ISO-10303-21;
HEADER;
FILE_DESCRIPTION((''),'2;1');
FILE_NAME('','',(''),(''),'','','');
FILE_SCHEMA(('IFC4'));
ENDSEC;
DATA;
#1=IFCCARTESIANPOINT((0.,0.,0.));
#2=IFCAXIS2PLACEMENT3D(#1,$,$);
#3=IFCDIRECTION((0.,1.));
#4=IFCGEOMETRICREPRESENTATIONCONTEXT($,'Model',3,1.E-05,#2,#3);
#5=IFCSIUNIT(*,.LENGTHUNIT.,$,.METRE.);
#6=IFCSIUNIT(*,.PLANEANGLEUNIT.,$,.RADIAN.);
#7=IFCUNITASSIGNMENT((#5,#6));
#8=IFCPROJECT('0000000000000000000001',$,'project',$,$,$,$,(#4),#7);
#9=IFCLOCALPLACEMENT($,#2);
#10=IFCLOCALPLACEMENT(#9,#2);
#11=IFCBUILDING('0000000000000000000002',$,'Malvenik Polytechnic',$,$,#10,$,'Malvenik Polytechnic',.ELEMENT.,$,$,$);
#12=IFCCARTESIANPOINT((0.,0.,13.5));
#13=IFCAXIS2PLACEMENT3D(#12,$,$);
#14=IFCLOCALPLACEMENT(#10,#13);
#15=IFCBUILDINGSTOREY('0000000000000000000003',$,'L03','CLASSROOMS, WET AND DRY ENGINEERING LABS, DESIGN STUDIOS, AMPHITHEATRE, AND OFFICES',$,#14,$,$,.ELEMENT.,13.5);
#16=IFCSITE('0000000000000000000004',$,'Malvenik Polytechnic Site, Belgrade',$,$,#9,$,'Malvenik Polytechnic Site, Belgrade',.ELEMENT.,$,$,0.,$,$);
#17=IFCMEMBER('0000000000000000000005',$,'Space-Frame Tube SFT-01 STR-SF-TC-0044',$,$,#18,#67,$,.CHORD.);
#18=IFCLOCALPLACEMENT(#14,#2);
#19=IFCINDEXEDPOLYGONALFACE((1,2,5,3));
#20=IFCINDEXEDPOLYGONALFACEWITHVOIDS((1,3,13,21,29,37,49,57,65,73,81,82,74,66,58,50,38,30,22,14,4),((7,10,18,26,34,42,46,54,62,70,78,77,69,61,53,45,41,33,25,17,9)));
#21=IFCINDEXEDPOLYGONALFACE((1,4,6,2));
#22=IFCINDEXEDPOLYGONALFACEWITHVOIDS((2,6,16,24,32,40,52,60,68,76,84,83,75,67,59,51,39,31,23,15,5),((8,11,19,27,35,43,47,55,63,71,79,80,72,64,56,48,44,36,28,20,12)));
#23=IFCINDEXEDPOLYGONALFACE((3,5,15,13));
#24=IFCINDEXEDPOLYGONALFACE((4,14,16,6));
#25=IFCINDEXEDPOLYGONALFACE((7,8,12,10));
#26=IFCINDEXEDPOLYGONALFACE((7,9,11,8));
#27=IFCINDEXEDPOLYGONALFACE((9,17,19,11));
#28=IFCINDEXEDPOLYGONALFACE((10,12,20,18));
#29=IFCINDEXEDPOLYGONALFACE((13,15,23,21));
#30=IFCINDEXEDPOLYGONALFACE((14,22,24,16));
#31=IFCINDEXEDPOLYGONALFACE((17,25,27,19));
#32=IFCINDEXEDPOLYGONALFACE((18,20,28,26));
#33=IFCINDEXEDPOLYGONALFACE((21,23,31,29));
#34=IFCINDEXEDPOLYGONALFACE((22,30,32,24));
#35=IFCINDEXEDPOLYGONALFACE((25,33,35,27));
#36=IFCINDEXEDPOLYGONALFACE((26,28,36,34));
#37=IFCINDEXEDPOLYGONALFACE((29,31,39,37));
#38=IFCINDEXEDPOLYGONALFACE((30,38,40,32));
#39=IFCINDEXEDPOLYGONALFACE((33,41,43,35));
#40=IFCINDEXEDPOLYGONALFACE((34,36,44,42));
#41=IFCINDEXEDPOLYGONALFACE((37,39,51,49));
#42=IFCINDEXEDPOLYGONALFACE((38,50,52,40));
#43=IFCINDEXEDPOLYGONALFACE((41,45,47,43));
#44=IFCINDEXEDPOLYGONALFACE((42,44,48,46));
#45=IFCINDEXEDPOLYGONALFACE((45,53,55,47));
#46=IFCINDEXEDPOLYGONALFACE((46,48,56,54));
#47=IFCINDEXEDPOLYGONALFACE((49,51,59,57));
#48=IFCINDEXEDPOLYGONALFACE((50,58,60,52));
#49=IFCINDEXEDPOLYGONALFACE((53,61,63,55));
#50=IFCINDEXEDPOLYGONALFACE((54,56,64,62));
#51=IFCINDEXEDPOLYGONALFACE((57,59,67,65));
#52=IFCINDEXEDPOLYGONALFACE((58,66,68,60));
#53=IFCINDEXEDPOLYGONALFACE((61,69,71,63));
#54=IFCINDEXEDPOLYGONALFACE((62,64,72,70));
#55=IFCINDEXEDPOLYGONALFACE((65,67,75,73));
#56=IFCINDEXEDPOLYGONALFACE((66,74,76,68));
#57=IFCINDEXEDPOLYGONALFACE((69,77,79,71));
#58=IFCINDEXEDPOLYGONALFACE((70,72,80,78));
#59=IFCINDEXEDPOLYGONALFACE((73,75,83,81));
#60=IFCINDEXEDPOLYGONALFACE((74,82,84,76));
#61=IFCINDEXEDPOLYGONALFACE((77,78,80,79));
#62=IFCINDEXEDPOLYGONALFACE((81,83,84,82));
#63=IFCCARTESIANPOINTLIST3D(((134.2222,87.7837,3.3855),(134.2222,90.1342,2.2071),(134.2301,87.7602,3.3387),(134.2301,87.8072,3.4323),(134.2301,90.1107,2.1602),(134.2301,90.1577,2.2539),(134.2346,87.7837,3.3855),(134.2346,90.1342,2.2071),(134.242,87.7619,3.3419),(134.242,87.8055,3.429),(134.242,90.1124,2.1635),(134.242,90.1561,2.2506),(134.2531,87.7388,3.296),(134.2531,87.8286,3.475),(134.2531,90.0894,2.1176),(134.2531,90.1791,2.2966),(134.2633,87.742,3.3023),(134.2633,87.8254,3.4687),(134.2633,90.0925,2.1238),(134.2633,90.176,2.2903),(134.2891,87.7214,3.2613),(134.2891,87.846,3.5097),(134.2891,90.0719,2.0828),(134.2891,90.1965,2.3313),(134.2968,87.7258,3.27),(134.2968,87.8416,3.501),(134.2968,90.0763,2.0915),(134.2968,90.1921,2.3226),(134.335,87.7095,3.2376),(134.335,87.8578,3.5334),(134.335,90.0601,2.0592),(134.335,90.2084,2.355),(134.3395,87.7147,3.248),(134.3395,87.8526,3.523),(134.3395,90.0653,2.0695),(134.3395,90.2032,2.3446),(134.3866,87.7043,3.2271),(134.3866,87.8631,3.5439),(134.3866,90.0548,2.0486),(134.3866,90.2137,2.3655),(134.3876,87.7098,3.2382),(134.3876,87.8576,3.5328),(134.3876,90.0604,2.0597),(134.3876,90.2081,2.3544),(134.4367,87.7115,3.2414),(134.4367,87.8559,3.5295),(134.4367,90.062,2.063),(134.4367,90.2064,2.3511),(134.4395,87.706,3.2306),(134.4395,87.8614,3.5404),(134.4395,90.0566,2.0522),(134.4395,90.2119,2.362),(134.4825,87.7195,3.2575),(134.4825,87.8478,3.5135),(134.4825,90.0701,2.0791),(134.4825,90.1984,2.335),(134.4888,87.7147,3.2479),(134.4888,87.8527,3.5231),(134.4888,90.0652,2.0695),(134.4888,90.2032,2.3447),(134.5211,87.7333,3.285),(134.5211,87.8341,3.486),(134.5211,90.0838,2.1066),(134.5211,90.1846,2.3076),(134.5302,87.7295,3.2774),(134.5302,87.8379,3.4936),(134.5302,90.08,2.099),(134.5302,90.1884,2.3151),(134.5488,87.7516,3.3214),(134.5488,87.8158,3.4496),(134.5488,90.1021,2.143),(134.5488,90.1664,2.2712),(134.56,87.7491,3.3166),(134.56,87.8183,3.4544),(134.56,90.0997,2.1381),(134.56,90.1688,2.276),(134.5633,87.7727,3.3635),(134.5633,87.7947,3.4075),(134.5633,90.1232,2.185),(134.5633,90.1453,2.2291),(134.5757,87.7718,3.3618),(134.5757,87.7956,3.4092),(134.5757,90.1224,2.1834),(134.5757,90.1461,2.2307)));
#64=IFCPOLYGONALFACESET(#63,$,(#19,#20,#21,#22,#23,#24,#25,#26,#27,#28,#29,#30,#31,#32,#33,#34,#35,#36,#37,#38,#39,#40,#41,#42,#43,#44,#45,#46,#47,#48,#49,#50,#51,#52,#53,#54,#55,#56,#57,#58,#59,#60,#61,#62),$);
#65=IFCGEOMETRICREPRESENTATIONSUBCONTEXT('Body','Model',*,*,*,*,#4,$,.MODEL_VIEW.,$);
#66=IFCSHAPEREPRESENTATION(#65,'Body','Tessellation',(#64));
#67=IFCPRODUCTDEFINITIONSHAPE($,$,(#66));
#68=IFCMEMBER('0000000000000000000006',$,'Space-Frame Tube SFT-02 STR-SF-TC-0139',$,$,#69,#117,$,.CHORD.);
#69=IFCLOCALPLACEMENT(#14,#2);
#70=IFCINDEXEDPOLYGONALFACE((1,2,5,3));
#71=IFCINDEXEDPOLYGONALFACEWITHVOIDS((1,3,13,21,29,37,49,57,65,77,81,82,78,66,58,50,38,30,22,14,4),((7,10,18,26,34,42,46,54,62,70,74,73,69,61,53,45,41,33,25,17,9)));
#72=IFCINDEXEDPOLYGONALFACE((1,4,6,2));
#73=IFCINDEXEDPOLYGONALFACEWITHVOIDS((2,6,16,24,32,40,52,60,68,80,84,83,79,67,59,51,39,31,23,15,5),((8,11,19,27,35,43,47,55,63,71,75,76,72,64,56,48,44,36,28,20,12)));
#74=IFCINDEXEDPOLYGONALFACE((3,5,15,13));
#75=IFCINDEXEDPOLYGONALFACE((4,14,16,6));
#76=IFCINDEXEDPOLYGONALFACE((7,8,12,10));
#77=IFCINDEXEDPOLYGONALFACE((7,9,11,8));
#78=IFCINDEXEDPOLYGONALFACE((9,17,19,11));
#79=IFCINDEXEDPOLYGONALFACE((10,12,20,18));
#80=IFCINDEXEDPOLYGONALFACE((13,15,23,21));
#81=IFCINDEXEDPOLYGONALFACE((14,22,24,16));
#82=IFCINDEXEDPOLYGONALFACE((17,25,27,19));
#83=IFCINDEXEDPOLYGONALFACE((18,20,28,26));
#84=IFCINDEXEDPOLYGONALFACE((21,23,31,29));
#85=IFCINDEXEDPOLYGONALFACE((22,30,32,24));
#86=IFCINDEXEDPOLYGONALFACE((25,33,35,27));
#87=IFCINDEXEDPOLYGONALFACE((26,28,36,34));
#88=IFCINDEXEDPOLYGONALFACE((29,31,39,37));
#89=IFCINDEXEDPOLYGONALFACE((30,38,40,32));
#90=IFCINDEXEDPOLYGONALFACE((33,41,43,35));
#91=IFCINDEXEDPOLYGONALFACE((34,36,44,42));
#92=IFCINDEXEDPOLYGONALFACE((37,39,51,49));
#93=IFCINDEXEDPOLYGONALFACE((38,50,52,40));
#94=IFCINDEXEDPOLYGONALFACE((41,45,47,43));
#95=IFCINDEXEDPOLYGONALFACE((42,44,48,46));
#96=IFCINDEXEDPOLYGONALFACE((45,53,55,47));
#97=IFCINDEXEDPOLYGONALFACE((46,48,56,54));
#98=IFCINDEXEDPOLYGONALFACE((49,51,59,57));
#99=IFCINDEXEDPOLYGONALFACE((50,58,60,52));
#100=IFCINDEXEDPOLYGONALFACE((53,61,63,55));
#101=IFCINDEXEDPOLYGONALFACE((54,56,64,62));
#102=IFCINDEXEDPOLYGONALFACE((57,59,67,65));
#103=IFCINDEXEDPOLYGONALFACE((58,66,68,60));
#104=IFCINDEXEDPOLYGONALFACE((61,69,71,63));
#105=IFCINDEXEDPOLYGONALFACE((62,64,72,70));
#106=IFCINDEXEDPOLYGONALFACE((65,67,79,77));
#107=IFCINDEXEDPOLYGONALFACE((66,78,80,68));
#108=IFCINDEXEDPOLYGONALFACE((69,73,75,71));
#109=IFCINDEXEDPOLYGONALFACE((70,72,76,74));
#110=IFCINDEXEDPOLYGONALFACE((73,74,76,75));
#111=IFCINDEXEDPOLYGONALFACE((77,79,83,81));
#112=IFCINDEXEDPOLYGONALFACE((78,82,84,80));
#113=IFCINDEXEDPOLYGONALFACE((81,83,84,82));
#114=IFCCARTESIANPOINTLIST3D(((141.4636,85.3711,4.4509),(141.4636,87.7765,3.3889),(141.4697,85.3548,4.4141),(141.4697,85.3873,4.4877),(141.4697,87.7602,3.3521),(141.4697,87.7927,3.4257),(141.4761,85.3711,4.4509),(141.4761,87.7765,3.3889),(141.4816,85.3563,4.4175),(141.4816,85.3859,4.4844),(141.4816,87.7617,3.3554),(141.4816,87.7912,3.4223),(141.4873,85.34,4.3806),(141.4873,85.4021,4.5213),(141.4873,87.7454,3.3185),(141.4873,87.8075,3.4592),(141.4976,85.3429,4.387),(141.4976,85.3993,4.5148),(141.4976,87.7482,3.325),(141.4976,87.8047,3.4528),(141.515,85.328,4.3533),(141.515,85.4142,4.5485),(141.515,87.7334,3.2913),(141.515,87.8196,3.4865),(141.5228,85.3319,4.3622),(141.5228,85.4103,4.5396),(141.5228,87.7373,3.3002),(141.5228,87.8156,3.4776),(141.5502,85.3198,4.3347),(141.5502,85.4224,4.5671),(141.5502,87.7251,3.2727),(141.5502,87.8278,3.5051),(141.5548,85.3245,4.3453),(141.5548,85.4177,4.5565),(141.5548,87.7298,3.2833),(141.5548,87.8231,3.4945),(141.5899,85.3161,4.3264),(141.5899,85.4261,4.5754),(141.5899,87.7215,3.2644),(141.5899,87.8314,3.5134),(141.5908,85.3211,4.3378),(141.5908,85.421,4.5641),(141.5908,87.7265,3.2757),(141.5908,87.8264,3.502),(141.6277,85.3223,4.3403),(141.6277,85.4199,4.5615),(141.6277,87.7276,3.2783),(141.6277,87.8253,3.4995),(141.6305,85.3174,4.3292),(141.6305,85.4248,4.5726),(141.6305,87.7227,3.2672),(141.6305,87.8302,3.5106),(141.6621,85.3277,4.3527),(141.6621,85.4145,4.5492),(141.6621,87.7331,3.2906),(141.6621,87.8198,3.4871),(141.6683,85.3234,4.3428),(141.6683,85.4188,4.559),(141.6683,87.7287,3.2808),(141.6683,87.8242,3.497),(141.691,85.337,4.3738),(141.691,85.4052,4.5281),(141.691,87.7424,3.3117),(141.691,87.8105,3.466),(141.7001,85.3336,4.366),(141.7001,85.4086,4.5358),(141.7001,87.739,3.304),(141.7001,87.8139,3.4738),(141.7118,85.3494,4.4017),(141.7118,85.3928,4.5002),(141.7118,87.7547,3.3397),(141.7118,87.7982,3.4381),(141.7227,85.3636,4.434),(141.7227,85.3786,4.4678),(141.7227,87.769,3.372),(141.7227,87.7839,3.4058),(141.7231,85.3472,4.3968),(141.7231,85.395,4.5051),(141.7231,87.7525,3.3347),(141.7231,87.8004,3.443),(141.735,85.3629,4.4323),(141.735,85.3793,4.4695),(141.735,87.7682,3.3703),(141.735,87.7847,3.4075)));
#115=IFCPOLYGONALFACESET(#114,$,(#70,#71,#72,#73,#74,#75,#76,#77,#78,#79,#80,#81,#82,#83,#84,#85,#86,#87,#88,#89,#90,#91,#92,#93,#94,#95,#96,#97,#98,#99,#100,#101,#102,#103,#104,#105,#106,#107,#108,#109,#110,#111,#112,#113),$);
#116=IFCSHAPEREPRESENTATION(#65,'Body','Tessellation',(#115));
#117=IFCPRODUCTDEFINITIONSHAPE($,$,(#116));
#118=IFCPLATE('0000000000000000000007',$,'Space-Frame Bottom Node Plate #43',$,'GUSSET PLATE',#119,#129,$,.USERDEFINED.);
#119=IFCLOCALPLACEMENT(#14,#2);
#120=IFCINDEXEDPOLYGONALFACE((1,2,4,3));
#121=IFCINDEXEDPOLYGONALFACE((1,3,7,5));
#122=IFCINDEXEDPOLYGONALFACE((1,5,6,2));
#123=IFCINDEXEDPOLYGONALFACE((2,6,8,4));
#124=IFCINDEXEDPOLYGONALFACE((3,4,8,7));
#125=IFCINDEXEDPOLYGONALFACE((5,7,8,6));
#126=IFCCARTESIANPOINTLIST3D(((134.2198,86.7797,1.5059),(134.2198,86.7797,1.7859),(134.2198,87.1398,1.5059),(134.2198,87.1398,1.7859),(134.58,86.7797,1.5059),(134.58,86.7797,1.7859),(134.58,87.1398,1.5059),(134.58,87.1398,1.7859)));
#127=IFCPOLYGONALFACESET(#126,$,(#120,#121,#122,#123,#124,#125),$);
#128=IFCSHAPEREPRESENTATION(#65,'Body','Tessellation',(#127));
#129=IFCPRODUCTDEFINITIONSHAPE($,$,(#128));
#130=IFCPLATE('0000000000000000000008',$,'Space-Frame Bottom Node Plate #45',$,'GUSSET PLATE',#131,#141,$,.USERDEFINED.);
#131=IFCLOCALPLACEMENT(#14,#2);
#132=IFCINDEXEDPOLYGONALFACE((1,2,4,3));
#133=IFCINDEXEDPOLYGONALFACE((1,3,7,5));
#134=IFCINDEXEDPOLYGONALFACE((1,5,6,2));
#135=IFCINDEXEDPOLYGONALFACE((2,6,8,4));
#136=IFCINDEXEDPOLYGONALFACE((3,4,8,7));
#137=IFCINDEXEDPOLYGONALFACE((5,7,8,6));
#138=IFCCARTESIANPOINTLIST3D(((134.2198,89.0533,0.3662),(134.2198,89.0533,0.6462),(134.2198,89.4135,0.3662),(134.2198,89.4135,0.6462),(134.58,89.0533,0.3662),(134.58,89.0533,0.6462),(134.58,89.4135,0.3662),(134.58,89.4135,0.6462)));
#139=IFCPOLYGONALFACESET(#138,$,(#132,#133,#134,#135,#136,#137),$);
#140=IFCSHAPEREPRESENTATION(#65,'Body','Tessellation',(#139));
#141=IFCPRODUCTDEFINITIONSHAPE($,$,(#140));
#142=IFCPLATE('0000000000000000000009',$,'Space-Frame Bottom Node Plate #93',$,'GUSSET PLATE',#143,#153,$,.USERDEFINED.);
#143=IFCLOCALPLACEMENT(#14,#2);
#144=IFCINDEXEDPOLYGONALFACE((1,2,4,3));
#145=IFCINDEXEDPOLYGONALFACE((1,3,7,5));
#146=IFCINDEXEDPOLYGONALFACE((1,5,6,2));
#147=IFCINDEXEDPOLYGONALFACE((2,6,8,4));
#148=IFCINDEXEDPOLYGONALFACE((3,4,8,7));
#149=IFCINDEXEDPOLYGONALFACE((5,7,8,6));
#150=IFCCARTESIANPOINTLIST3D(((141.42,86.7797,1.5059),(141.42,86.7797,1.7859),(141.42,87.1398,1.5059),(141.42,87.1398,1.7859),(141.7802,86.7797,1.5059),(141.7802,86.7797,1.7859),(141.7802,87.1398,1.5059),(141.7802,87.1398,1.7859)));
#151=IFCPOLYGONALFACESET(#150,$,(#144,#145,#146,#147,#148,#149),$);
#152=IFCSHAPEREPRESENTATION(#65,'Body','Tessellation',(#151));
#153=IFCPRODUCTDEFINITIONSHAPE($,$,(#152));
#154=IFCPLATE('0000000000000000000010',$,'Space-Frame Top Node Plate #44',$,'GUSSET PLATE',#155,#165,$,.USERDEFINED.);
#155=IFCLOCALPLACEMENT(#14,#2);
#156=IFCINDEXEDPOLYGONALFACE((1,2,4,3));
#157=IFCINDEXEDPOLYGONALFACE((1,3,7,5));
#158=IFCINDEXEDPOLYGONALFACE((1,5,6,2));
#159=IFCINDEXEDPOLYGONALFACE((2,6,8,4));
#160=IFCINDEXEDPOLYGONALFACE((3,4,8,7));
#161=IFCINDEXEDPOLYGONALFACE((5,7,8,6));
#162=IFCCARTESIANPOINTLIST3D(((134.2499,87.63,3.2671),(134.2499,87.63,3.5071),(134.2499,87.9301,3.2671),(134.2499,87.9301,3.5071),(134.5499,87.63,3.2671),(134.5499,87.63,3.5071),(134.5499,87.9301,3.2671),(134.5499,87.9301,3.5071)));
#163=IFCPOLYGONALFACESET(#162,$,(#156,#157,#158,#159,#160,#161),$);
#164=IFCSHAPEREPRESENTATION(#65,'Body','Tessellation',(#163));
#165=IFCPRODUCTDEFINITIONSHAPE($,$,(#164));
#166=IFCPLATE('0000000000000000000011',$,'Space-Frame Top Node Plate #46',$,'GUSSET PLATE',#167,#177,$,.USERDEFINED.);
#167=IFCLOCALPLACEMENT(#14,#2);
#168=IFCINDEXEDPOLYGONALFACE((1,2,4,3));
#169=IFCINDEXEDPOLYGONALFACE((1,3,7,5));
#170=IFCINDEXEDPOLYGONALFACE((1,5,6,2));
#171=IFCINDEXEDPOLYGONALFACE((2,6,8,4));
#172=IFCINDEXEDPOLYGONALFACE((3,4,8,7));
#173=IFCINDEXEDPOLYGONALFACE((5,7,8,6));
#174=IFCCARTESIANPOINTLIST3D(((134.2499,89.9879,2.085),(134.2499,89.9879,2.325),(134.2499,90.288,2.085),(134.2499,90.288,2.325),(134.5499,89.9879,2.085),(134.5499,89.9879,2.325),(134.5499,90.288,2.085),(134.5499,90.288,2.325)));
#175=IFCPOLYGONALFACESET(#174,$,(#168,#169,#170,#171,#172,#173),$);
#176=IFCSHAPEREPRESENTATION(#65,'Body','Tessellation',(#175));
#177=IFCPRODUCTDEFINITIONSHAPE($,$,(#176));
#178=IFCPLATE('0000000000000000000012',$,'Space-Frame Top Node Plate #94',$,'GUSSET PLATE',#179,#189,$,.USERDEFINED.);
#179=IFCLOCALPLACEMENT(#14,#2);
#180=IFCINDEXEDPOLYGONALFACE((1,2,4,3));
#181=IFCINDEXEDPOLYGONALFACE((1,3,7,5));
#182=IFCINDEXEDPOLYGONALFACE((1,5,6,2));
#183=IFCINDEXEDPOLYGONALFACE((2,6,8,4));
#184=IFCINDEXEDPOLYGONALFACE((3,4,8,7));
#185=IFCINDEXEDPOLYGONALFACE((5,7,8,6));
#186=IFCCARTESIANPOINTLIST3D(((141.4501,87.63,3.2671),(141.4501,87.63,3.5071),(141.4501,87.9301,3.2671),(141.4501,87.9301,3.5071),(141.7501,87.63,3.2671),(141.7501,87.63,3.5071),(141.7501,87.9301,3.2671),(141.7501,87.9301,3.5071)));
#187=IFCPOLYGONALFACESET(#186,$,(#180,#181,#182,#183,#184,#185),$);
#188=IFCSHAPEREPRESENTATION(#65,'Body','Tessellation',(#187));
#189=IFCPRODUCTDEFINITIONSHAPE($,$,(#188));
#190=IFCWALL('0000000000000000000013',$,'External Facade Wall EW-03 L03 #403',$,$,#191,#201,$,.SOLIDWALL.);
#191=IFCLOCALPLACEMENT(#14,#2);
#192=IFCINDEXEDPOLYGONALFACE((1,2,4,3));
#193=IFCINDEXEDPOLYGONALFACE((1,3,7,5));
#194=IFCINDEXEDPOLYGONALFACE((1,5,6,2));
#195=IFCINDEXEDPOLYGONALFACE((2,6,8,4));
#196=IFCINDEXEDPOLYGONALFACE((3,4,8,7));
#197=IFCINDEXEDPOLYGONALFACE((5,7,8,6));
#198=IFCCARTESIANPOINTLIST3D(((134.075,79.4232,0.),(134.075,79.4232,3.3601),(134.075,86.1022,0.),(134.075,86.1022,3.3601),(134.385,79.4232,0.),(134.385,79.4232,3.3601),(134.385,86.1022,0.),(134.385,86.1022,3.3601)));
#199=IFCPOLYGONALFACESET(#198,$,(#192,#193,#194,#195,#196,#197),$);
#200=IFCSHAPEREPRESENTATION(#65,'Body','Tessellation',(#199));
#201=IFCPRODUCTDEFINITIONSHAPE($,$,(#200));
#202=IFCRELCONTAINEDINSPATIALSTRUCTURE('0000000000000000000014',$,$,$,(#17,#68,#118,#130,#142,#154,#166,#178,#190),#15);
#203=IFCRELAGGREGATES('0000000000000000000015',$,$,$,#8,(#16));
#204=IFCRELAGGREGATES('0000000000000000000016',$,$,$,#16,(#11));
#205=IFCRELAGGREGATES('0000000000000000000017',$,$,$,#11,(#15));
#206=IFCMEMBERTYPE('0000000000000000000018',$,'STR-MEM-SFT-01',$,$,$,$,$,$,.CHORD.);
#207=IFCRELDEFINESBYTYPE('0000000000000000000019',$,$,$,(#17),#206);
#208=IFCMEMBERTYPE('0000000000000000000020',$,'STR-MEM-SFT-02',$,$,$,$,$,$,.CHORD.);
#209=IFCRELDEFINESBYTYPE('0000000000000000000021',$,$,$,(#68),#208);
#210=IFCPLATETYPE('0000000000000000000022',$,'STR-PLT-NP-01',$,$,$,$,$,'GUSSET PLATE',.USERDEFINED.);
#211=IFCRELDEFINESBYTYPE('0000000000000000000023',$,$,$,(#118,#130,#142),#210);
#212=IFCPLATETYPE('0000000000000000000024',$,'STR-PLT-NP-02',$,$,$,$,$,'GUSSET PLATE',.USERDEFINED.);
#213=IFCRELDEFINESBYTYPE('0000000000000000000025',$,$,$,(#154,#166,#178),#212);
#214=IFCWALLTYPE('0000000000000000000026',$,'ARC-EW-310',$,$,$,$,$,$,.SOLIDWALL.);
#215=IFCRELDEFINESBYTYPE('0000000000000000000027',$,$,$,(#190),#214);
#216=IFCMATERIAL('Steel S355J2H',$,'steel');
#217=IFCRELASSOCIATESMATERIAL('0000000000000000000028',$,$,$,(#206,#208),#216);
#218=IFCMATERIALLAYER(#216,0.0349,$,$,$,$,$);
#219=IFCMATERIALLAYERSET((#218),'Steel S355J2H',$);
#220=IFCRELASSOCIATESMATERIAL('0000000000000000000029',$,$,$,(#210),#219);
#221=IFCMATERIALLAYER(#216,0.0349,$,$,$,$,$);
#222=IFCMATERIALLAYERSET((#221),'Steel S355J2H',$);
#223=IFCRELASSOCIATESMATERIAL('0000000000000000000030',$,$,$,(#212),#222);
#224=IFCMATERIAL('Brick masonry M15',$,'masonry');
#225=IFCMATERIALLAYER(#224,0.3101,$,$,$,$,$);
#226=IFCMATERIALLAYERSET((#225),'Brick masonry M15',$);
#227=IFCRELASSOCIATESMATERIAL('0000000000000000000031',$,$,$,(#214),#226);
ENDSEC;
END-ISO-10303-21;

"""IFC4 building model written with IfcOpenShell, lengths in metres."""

from ifc_helpers import new_model, si_unit, direction, frame, frame_2d, origin, origin_2d, place, context, subcontext, project, spatial, rectangle, hollow_circle, extrude, material, layer, layer_set, material_profile, profile_set, type_object, element, save


model = new_model("IFC4")

# Units and contexts
model_context = context("Model", 3, precision=1e-05, world=origin(), true_north=direction((0.0, 1.0)))
body_context = subcontext(model_context, "Body", "Model", "MODEL_VIEW")
ifc_project = project(units=[si_unit("LENGTHUNIT", "METRE"), si_unit("PLANEANGLEUNIT", "RADIAN")], contexts=[model_context])

# Site, building, storey
site_placement = place(None, origin())
site = spatial("IfcSite", under=ifc_project, at=site_placement, Name="Malvenik Polytechnic Site, Belgrade", LongName="Malvenik Polytechnic Site, Belgrade", CompositionType="ELEMENT", RefElevation=0.0)
building_placement = place(site_placement, origin())
building = spatial("IfcBuilding", under=site, at=building_placement, Name="Malvenik Polytechnic", LongName="Malvenik Polytechnic", CompositionType="ELEMENT")
storey_placement = place(building_placement, frame((0.0, 0.0, 13.5)))
storey = spatial("IfcBuildingStorey", under=building, at=storey_placement, Name="L03", Description="CLASSROOMS, WET AND DRY ENGINEERING LABS, DESIGN STUDIOS, AMPHITHEATRE, AND OFFICES", CompositionType="ELEMENT", Elevation=13.5)

# Members
ifc_material_1 = material(Name="Steel S355J2H", Category="steel")
ifc_material_profile_1 = material_profile(ifc_material_1, hollow_circle(Radius=0.1777, WallThickness=0.0125, at=origin_2d()), Name="CHS 355.6x12.5")
ifc_profile_set_1 = profile_set([ifc_material_profile_1], Name="Steel S355J2H")
member_type_1 = type_object("IfcMemberType", Name="STR-MEM-SFT-01", PredefinedType="CHORD", material=ifc_profile_set_1)
for number, where, z_axis, x_axis, name in (
    (1, (134.3999, 87.7837, 3.3855), (0.0, 0.893944, -0.448179), (-1.0, 0.0, 0.0), "Space-Frame Tube SFT-01 STR-SF-TC-0044"),
):
    element("IfcMember", number, at=place(storey_placement, frame(where, z_axis=z_axis, x_axis=x_axis)), inside=storey, type_object=member_type_1, Name=name, PredefinedType="CHORD", context=body_context, shape_type="SweptSolid", body=[
        extrude(hollow_circle(Radius=0.1777, WallThickness=0.0125, at=origin_2d()), origin(), (0.0, 0.0, 1.0), 2.6294),
    ])
ifc_material_profile_2 = material_profile(ifc_material_1, hollow_circle(Radius=0.1365, WallThickness=0.0125, at=origin_2d()), Name="CHS 273.0x12.5")
ifc_profile_set_2 = profile_set([ifc_material_profile_2], Name="Steel S355J2H")
member_type_2 = type_object("IfcMemberType", Name="STR-MEM-SFT-02", PredefinedType="CHORD", material=ifc_profile_set_2)
member_1_placement = place(storey_placement, frame((141.6001, 85.3711, 4.4509), z_axis=(0.0, 0.914797, -0.403915), x_axis=(-1.0, 0.0, 0.0)))
element("IfcMember", 2, at=member_1_placement, inside=storey, type_object=member_type_2, Name="Space-Frame Tube SFT-02 STR-SF-TC-0139", PredefinedType="CHORD", context=body_context, shape_type="SweptSolid", body=[
    extrude(hollow_circle(Radius=0.1365, WallThickness=0.0125, at=origin_2d()), origin(), (0.0, 0.0, 1.0), 2.6294),
])

# Plates
ifc_layer_1 = layer(ifc_material_1, 0.0349)
ifc_layer_set_1 = layer_set([ifc_layer_1], Name="Steel S355J2H")
plate_type_1 = type_object("IfcPlateType", Name="STR-PLT-NP-01", ElementType="GUSSET PLATE", PredefinedType="USERDEFINED", material=ifc_layer_set_1)
for number, where, z_axis, x_axis, name in (
    (3, (134.3999, 86.9597, 1.5059), (0.0, 0.0, 1.0), (1.0, 0.0, 0.0), "Space-Frame Bottom Node Plate #43"),
    (4, (134.3999, 89.2334, 0.3662), (0.0, 0.0, 1.0), (1.0, 0.0, 0.0), "Space-Frame Bottom Node Plate #45"),
    (5, (141.6001, 86.9597, 1.5059), (0.0, 0.0, 1.0), (1.0, 0.0, 0.0), "Space-Frame Bottom Node Plate #93"),
):
    element("IfcPlate", number, at=place(storey_placement, frame(where, z_axis=z_axis, x_axis=x_axis)), inside=storey, type_object=plate_type_1, Name=name, ObjectType="GUSSET PLATE", PredefinedType="USERDEFINED", context=body_context, shape_type="SweptSolid", body=[
        extrude(rectangle(XDim=0.3601, YDim=0.3601, at=origin_2d()), origin(), (0.0, 0.0, 1.0), 0.28),
    ])
ifc_layer_2 = layer(ifc_material_1, 0.0349)
ifc_layer_set_2 = layer_set([ifc_layer_2], Name="Steel S355J2H")
plate_type_2 = type_object("IfcPlateType", Name="STR-PLT-NP-02", ElementType="GUSSET PLATE", PredefinedType="USERDEFINED", material=ifc_layer_set_2)
for number, where, z_axis, x_axis, name in (
    (6, (134.3999, 87.78, 3.2671), (0.0, 0.0, 1.0), (1.0, 0.0, 0.0), "Space-Frame Top Node Plate #44"),
    (7, (134.3999, 90.1379, 2.085), (0.0, 0.0, 1.0), (1.0, 0.0, 0.0), "Space-Frame Top Node Plate #46"),
    (8, (141.6001, 87.78, 3.2671), (0.0, 0.0, 1.0), (1.0, 0.0, 0.0), "Space-Frame Top Node Plate #94"),
):
    element("IfcPlate", number, at=place(storey_placement, frame(where, z_axis=z_axis, x_axis=x_axis)), inside=storey, type_object=plate_type_2, Name=name, ObjectType="GUSSET PLATE", PredefinedType="USERDEFINED", context=body_context, shape_type="SweptSolid", body=[
        extrude(rectangle(XDim=0.3, YDim=0.3, at=origin_2d()), origin(), (0.0, 0.0, 1.0), 0.24),
    ])

# Wall
ifc_material_2 = material(Name="Brick masonry M15", Category="masonry")
ifc_layer_3 = layer(ifc_material_2, 0.3101)
ifc_layer_set_3 = layer_set([ifc_layer_3], Name="Brick masonry M15")
wall_type_1 = type_object("IfcWallType", Name="ARC-EW-310", PredefinedType="SOLIDWALL", material=ifc_layer_set_3)
wall_1_placement = place(storey_placement, frame((134.23, 86.1021, 0.0), z_axis=(0.0, 0.0, 1.0), x_axis=(0.0, -1.0, 0.0)))
element("IfcWall", 9, at=wall_1_placement, inside=storey, type_object=wall_type_1, Name="External Facade Wall EW-03 L03 #403", PredefinedType="SOLIDWALL", context=body_context, shape_type="SweptSolid", body=[
    extrude(rectangle(XDim=6.679, YDim=0.3101, at=frame_2d((3.3394, 0.0))), origin(), (0.0, 0.0, 1.0), 3.3601),
])

save(model, "model.ifc")
